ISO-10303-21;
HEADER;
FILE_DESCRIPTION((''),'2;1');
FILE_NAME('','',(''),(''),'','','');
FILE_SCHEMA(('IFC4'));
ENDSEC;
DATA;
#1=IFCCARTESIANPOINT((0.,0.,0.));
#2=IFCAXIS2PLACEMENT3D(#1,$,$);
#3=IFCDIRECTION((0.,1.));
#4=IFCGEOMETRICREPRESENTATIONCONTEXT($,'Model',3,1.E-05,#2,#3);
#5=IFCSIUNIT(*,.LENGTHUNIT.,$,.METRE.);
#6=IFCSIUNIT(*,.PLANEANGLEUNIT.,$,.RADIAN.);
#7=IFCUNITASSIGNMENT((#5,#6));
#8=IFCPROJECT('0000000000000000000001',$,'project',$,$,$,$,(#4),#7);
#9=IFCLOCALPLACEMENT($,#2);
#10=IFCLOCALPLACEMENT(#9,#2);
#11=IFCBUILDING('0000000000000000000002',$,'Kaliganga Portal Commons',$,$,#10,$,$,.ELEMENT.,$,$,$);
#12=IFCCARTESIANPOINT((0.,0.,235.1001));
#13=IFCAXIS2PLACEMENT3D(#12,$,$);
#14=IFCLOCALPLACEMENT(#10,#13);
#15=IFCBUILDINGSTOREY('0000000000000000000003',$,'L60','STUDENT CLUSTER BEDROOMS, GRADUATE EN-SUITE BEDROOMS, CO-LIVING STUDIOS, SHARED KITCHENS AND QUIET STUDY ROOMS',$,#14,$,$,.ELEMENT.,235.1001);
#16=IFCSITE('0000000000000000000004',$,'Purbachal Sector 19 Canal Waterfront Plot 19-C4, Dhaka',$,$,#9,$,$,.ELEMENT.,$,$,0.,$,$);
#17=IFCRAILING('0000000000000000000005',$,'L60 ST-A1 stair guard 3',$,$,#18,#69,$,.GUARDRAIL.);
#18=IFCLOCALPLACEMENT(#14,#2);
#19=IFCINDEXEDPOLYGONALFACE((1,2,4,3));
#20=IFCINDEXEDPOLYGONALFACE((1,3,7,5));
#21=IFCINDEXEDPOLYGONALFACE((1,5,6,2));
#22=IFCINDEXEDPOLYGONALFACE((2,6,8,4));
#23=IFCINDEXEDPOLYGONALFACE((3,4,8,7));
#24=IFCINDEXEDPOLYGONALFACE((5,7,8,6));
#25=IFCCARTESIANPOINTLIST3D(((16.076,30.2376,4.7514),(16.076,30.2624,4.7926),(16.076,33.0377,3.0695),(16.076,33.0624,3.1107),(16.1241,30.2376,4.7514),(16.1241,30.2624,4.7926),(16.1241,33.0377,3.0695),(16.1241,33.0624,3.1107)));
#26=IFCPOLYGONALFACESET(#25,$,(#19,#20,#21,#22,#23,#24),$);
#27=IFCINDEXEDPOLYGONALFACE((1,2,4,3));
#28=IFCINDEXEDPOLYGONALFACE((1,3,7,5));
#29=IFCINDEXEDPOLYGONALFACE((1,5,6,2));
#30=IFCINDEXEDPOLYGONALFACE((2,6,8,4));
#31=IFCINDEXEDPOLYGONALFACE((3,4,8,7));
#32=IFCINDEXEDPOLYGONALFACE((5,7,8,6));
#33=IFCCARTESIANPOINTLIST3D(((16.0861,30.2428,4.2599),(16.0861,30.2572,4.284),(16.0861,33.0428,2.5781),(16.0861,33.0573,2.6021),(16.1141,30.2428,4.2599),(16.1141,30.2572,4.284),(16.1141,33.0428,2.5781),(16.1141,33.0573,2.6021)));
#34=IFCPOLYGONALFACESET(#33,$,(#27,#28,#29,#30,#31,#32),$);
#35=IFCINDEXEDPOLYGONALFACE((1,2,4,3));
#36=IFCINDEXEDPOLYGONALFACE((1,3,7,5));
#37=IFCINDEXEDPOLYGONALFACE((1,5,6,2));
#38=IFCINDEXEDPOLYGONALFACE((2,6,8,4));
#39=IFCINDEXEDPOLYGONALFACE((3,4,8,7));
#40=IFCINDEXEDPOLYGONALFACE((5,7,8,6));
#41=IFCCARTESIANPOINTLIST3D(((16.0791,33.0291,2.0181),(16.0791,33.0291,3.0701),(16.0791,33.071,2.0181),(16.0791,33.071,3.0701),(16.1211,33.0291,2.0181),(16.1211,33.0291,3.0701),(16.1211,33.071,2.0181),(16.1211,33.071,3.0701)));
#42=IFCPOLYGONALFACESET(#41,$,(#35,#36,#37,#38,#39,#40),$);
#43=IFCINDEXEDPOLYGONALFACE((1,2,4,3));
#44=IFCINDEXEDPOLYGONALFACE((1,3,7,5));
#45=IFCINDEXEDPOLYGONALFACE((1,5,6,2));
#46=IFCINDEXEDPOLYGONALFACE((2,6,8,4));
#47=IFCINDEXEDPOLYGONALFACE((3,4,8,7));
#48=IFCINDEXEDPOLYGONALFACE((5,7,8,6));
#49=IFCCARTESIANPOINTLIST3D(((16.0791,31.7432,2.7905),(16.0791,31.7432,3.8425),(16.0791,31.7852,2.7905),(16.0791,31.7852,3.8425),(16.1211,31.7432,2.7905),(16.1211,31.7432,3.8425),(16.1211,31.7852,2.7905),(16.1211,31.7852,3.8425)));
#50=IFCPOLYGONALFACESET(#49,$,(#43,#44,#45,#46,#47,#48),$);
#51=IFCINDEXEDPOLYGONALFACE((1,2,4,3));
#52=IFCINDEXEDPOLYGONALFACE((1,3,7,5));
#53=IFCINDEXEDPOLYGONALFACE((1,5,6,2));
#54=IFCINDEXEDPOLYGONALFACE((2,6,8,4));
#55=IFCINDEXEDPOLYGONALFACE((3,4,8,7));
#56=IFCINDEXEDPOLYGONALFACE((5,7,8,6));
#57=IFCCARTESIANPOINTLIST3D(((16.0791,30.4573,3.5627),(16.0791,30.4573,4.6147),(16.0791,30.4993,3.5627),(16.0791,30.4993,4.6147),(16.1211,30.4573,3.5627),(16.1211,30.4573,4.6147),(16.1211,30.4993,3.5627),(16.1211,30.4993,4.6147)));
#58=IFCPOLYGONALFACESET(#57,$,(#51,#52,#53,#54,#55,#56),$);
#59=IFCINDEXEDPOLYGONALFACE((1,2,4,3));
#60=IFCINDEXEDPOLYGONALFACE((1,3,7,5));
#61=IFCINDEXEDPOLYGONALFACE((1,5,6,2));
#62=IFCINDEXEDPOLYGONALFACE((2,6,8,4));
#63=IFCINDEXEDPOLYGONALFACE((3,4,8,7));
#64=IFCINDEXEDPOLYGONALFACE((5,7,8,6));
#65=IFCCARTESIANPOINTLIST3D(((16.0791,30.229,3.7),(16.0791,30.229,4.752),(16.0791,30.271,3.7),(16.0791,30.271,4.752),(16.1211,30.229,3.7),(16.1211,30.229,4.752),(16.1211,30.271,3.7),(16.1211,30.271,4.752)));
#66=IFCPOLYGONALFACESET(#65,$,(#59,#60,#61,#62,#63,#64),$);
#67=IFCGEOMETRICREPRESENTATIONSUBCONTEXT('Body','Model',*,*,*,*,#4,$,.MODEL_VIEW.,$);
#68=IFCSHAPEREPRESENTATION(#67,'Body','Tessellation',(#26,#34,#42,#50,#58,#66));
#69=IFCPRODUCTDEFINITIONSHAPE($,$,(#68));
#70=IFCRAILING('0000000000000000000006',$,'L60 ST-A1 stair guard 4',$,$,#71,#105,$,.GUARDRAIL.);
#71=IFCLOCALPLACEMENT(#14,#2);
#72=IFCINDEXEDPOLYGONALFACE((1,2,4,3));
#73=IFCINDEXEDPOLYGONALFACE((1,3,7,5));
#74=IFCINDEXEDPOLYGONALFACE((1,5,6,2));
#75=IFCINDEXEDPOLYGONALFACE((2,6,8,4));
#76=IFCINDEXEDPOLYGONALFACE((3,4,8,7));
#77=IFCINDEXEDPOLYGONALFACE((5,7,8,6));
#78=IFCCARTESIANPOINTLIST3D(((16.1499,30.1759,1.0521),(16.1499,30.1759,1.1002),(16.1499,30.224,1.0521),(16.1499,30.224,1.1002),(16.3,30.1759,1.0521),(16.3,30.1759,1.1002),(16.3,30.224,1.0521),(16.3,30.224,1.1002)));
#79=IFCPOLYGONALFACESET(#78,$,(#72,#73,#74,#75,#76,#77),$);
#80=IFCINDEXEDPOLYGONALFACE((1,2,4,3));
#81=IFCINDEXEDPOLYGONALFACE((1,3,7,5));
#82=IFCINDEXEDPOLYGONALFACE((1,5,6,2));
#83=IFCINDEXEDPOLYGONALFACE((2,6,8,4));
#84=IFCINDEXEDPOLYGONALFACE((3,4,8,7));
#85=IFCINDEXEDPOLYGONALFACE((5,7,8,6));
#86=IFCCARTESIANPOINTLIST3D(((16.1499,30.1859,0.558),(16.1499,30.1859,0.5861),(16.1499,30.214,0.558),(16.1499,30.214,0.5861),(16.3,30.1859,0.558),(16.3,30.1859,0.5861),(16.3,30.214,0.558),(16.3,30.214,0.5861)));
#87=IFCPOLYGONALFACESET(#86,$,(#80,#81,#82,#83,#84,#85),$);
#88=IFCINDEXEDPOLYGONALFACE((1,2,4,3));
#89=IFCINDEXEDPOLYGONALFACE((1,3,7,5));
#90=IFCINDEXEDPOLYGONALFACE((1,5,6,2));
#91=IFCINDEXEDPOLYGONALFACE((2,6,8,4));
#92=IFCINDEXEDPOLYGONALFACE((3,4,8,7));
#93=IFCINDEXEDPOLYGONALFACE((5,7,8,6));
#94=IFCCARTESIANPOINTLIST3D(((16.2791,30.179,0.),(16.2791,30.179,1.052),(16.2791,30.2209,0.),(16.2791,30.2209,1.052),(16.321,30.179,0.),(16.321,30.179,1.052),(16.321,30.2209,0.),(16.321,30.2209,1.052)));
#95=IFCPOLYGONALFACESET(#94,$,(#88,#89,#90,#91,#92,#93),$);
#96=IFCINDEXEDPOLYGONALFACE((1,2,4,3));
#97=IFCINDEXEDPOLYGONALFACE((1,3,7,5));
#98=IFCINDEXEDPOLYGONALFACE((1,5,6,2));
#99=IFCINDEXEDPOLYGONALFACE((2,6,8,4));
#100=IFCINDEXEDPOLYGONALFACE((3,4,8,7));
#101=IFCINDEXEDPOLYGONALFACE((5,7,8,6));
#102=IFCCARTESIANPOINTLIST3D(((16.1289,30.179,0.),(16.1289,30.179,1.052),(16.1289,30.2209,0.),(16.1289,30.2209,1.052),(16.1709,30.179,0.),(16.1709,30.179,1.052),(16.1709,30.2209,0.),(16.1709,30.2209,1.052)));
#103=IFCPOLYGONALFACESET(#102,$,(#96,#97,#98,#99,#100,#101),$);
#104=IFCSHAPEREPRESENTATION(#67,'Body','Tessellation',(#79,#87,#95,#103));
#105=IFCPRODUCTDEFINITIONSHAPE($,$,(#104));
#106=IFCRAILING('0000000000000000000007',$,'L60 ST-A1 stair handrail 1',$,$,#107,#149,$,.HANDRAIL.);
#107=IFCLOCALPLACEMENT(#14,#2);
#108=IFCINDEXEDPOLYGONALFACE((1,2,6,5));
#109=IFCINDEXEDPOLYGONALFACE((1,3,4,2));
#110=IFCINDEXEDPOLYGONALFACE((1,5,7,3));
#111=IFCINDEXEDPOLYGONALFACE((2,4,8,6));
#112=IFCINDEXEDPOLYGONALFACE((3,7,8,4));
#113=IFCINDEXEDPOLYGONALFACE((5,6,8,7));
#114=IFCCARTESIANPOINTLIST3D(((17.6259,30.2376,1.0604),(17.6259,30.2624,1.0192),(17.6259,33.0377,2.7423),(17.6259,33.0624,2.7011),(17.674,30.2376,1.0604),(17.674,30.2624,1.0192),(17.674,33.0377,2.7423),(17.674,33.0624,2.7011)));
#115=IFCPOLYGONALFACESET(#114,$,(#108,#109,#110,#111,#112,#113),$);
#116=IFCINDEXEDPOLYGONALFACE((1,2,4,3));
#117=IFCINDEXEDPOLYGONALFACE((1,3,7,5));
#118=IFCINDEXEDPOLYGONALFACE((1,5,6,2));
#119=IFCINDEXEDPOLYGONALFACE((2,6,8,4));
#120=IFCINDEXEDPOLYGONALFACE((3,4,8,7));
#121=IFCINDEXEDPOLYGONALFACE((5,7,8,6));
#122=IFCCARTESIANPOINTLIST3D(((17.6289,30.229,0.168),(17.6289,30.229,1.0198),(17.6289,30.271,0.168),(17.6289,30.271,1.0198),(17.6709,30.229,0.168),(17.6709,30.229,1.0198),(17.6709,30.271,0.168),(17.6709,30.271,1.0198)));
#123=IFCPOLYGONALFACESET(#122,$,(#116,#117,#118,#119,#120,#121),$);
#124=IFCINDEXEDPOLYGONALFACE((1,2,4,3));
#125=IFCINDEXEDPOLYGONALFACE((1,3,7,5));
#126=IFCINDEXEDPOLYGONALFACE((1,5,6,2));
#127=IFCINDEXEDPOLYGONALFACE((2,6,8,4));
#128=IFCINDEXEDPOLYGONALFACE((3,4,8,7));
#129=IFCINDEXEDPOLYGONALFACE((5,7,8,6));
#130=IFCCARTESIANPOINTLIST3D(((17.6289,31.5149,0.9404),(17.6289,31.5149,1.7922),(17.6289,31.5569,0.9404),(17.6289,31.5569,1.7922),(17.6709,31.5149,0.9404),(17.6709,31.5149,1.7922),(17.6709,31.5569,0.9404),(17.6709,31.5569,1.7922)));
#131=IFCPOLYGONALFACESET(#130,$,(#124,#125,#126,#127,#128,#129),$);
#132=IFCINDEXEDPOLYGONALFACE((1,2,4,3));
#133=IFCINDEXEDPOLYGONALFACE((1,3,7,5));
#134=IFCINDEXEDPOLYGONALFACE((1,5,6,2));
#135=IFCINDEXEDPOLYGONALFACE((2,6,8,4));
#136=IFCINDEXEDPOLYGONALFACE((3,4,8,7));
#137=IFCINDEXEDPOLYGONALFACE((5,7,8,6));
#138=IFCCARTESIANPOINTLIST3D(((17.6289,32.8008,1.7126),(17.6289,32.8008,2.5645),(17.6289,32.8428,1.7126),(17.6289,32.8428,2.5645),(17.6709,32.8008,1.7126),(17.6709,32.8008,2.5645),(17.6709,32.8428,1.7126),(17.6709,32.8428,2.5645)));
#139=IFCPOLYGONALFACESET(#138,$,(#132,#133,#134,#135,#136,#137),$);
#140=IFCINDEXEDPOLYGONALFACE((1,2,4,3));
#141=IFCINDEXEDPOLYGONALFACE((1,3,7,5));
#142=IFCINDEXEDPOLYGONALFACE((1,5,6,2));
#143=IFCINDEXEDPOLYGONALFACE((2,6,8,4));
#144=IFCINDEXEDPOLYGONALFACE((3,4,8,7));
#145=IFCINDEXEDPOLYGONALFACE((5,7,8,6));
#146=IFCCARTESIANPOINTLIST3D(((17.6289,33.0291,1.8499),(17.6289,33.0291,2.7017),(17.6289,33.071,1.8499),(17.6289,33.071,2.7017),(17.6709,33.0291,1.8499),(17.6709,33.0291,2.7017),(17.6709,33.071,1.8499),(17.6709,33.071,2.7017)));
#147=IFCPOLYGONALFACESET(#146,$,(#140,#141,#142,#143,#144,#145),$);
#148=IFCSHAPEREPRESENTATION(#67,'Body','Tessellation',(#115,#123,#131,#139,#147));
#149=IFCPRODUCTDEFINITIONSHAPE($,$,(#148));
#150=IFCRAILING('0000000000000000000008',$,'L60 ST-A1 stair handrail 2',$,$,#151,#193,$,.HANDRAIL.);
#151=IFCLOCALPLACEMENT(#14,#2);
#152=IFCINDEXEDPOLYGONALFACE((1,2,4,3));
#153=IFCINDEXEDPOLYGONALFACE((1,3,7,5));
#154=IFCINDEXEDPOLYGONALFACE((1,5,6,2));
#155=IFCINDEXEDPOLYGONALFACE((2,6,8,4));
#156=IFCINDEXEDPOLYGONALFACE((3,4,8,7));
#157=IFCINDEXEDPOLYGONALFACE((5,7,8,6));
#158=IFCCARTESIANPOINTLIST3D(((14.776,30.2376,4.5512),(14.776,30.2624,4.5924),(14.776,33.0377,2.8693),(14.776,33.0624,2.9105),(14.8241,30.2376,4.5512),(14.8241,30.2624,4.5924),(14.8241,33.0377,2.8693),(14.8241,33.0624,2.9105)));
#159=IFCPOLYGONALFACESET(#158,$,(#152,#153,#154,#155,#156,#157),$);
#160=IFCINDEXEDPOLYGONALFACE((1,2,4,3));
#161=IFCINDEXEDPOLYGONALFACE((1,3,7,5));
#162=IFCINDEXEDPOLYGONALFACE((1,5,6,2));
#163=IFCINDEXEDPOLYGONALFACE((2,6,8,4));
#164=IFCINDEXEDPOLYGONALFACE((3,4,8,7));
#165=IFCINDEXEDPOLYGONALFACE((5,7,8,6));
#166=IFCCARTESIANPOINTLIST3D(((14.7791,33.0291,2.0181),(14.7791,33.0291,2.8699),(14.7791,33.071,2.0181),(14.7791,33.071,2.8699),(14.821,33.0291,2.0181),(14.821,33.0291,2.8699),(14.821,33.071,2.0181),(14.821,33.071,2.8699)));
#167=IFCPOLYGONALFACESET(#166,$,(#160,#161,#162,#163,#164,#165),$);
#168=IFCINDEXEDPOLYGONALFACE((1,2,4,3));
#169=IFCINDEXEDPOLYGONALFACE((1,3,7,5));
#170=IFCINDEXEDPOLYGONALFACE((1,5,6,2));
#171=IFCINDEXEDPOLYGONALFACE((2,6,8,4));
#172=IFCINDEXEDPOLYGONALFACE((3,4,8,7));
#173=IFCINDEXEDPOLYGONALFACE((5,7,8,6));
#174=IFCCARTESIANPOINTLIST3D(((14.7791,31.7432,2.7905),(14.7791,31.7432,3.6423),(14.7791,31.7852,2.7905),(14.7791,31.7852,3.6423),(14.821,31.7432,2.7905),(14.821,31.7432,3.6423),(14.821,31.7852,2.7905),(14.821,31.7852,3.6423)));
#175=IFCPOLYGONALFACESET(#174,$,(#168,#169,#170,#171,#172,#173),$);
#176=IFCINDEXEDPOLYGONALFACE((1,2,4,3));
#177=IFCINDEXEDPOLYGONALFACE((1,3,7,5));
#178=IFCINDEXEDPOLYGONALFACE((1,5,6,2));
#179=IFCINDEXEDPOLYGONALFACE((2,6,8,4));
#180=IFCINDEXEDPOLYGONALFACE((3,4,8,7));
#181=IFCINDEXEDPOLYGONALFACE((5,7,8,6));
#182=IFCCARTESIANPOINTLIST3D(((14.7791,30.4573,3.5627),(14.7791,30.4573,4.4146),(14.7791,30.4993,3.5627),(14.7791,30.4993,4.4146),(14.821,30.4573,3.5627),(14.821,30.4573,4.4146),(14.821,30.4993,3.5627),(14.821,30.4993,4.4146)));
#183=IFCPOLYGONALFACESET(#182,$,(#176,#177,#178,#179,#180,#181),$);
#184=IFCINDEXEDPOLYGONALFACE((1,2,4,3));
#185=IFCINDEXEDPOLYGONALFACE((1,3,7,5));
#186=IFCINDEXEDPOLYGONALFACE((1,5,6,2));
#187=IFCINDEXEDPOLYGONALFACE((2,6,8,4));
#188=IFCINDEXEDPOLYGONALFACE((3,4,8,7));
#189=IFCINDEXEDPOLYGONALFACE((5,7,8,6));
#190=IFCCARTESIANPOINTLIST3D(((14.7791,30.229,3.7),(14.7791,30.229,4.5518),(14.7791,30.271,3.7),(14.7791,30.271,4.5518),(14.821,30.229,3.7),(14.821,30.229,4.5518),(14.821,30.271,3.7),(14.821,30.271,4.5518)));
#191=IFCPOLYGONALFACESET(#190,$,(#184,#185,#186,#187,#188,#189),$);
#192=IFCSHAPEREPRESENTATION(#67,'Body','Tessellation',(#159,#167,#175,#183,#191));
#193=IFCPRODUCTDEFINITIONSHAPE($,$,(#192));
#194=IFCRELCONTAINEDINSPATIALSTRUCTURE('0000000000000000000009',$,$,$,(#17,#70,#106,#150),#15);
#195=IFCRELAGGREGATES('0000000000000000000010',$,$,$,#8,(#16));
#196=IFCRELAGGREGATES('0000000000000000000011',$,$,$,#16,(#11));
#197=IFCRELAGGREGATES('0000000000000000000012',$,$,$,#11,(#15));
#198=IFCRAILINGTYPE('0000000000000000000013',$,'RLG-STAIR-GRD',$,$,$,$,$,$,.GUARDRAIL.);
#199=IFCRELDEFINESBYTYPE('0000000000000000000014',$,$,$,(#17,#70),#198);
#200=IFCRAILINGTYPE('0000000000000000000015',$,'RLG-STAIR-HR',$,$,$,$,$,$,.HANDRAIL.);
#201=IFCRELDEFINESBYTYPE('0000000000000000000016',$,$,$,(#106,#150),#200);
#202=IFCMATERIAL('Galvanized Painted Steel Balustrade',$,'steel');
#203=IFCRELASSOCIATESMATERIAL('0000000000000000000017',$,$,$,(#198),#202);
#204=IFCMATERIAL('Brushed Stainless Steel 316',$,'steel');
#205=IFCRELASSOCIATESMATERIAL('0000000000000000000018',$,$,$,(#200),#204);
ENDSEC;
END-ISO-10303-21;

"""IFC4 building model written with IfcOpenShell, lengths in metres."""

from ifc_helpers import new_model, si_unit, direction, frame, origin, origin_2d, place, context, subcontext, project, spatial, rectangle, extrude, material, type_object, element, save


model = new_model("IFC4")

# Units and contexts
model_context = context("Model", 3, precision=1e-05, world=origin(), true_north=direction((0.0, 1.0)))
body_context = subcontext(model_context, "Body", "Model", "MODEL_VIEW")
ifc_project = project(units=[si_unit("LENGTHUNIT", "METRE"), si_unit("PLANEANGLEUNIT", "RADIAN")], contexts=[model_context])

# Site, building, storey
site_placement = place(None, origin())
site = spatial("IfcSite", under=ifc_project, at=site_placement, Name="Purbachal Sector 19 Canal Waterfront Plot 19-C4, Dhaka", CompositionType="ELEMENT", RefElevation=0.0)
building_placement = place(site_placement, origin())
building = spatial("IfcBuilding", under=site, at=building_placement, Name="Kaliganga Portal Commons", CompositionType="ELEMENT")
storey_placement = place(building_placement, frame((0.0, 0.0, 235.1001)))
storey = spatial("IfcBuildingStorey", under=building, at=storey_placement, Name="L60", Description="STUDENT CLUSTER BEDROOMS, GRADUATE EN-SUITE BEDROOMS, CO-LIVING STUDIOS, SHARED KITCHENS AND QUIET STUDY ROOMS", CompositionType="ELEMENT", Elevation=235.1001)

# Railings
ifc_material_1 = material(Name="Galvanized Painted Steel Balustrade", Category="steel")
railing_type_1 = type_object("IfcRailingType", Name="RLG-STAIR-GRD", PredefinedType="GUARDRAIL", material=ifc_material_1)
railing_1_placement = place(storey_placement, frame((16.1001, 33.05, 2.0181)))
element("IfcRailing", 1, at=railing_1_placement, inside=storey, type_object=railing_type_1, Name="L60 ST-A1 stair guard 3", PredefinedType="GUARDRAIL", context=body_context, shape_type="SweptSolid", body=[
    extrude(rectangle(XDim=0.0481, YDim=0.0481, at=origin_2d()), frame((0.0, 0.0, 1.072), z_axis=(0.0, -0.857242, 0.514913), x_axis=(1.0, 0.0, 0.0)), (0.0, 0.0, 1.0), 3.2664),
    extrude(rectangle(XDim=0.0281, YDim=0.0281, at=origin_2d()), frame((0.0, 0.0, 0.572), z_axis=(0.0, -0.857242, 0.514913), x_axis=(1.0, 0.0, 0.0)), (0.0, 0.0, 1.0), 3.2664),
    extrude(rectangle(XDim=0.042, YDim=0.042, at=origin_2d()), origin(), (0.0, 0.0, 1.0), 1.052),
    extrude(rectangle(XDim=0.042, YDim=0.042, at=origin_2d()), frame((0.0, -1.2859, 0.7725)), (0.0, 0.0, 1.0), 1.052),
    extrude(rectangle(XDim=0.042, YDim=0.042, at=origin_2d()), frame((0.0, -2.5718, 1.5447)), (0.0, 0.0, 1.0), 1.052),
    extrude(rectangle(XDim=0.042, YDim=0.042, at=origin_2d()), frame((0.0, -2.8, 1.6819)), (0.0, 0.0, 1.0), 1.052),
])
railing_2_placement = place(storey_placement, frame((16.3, 30.2, 0.0)))
element("IfcRailing", 2, at=railing_2_placement, inside=storey, type_object=railing_type_1, Name="L60 ST-A1 stair guard 4", PredefinedType="GUARDRAIL", context=body_context, shape_type="SweptSolid", body=[
    extrude(rectangle(XDim=0.0481, YDim=0.0481, at=origin_2d()), frame((0.0, 0.0, 1.0762), z_axis=(-1.0, 0.0, 0.0), x_axis=(0.0, -1.0, 0.0)), (0.0, 0.0, 1.0), 0.1501),
    extrude(rectangle(XDim=0.0281, YDim=0.0281, at=origin_2d()), frame((0.0, 0.0, 0.572), z_axis=(-1.0, 0.0, 0.0), x_axis=(0.0, -1.0, 0.0)), (0.0, 0.0, 1.0), 0.1501),
    extrude(rectangle(XDim=0.042, YDim=0.042, at=origin_2d()), origin(), (0.0, 0.0, 1.0), 1.052),
    extrude(rectangle(XDim=0.042, YDim=0.042, at=origin_2d()), frame((-0.1501, 0.0, 0.0)), (0.0, 0.0, 1.0), 1.052),
])
ifc_material_2 = material(Name="Brushed Stainless Steel 316", Category="steel")
railing_type_2 = type_object("IfcRailingType", Name="RLG-STAIR-HR", PredefinedType="HANDRAIL", material=ifc_material_2)
railing_3_placement = place(storey_placement, frame((17.6499, 30.25, 0.168)))
element("IfcRailing", 3, at=railing_3_placement, inside=storey, type_object=railing_type_2, Name="L60 ST-A1 stair handrail 1", PredefinedType="HANDRAIL", context=body_context, shape_type="SweptSolid", body=[
    extrude(rectangle(XDim=0.0481, YDim=0.0481, at=origin_2d()), frame((0.0, 0.0, 0.8718), z_axis=(0.0, 0.857242, 0.514913), x_axis=(-1.0, 0.0, 0.0)), (0.0, 0.0, 1.0), 3.2664),
    extrude(rectangle(XDim=0.042, YDim=0.042, at=origin_2d()), origin(), (0.0, 0.0, 1.0), 0.8518),
    extrude(rectangle(XDim=0.042, YDim=0.042, at=origin_2d()), frame((0.0, 1.2859, 0.7725)), (0.0, 0.0, 1.0), 0.8518),
    extrude(rectangle(XDim=0.042, YDim=0.042, at=origin_2d()), frame((0.0, 2.5718, 1.5447)), (0.0, 0.0, 1.0), 0.8518),
    extrude(rectangle(XDim=0.042, YDim=0.042, at=origin_2d()), frame((0.0, 2.8, 1.6819)), (0.0, 0.0, 1.0), 0.8518),
])
railing_4_placement = place(storey_placement, frame((14.8, 33.05, 2.0181)))
element("IfcRailing", 4, at=railing_4_placement, inside=storey, type_object=railing_type_2, Name="L60 ST-A1 stair handrail 2", PredefinedType="HANDRAIL", context=body_context, shape_type="SweptSolid", body=[
    extrude(rectangle(XDim=0.0481, YDim=0.0481, at=origin_2d()), frame((0.0, 0.0, 0.8718), z_axis=(0.0, -0.857242, 0.514913), x_axis=(1.0, 0.0, 0.0)), (0.0, 0.0, 1.0), 3.2664),
    extrude(rectangle(XDim=0.042, YDim=0.042, at=origin_2d()), origin(), (0.0, 0.0, 1.0), 0.8518),
    extrude(rectangle(XDim=0.042, YDim=0.042, at=origin_2d()), frame((0.0, -1.2859, 0.7725)), (0.0, 0.0, 1.0), 0.8518),
    extrude(rectangle(XDim=0.042, YDim=0.042, at=origin_2d()), frame((0.0, -2.5718, 1.5447)), (0.0, 0.0, 1.0), 0.8518),
    extrude(rectangle(XDim=0.042, YDim=0.042, at=origin_2d()), frame((0.0, -2.8, 1.6819)), (0.0, 0.0, 1.0), 0.8518),
])

save(model, "model.ifc")
